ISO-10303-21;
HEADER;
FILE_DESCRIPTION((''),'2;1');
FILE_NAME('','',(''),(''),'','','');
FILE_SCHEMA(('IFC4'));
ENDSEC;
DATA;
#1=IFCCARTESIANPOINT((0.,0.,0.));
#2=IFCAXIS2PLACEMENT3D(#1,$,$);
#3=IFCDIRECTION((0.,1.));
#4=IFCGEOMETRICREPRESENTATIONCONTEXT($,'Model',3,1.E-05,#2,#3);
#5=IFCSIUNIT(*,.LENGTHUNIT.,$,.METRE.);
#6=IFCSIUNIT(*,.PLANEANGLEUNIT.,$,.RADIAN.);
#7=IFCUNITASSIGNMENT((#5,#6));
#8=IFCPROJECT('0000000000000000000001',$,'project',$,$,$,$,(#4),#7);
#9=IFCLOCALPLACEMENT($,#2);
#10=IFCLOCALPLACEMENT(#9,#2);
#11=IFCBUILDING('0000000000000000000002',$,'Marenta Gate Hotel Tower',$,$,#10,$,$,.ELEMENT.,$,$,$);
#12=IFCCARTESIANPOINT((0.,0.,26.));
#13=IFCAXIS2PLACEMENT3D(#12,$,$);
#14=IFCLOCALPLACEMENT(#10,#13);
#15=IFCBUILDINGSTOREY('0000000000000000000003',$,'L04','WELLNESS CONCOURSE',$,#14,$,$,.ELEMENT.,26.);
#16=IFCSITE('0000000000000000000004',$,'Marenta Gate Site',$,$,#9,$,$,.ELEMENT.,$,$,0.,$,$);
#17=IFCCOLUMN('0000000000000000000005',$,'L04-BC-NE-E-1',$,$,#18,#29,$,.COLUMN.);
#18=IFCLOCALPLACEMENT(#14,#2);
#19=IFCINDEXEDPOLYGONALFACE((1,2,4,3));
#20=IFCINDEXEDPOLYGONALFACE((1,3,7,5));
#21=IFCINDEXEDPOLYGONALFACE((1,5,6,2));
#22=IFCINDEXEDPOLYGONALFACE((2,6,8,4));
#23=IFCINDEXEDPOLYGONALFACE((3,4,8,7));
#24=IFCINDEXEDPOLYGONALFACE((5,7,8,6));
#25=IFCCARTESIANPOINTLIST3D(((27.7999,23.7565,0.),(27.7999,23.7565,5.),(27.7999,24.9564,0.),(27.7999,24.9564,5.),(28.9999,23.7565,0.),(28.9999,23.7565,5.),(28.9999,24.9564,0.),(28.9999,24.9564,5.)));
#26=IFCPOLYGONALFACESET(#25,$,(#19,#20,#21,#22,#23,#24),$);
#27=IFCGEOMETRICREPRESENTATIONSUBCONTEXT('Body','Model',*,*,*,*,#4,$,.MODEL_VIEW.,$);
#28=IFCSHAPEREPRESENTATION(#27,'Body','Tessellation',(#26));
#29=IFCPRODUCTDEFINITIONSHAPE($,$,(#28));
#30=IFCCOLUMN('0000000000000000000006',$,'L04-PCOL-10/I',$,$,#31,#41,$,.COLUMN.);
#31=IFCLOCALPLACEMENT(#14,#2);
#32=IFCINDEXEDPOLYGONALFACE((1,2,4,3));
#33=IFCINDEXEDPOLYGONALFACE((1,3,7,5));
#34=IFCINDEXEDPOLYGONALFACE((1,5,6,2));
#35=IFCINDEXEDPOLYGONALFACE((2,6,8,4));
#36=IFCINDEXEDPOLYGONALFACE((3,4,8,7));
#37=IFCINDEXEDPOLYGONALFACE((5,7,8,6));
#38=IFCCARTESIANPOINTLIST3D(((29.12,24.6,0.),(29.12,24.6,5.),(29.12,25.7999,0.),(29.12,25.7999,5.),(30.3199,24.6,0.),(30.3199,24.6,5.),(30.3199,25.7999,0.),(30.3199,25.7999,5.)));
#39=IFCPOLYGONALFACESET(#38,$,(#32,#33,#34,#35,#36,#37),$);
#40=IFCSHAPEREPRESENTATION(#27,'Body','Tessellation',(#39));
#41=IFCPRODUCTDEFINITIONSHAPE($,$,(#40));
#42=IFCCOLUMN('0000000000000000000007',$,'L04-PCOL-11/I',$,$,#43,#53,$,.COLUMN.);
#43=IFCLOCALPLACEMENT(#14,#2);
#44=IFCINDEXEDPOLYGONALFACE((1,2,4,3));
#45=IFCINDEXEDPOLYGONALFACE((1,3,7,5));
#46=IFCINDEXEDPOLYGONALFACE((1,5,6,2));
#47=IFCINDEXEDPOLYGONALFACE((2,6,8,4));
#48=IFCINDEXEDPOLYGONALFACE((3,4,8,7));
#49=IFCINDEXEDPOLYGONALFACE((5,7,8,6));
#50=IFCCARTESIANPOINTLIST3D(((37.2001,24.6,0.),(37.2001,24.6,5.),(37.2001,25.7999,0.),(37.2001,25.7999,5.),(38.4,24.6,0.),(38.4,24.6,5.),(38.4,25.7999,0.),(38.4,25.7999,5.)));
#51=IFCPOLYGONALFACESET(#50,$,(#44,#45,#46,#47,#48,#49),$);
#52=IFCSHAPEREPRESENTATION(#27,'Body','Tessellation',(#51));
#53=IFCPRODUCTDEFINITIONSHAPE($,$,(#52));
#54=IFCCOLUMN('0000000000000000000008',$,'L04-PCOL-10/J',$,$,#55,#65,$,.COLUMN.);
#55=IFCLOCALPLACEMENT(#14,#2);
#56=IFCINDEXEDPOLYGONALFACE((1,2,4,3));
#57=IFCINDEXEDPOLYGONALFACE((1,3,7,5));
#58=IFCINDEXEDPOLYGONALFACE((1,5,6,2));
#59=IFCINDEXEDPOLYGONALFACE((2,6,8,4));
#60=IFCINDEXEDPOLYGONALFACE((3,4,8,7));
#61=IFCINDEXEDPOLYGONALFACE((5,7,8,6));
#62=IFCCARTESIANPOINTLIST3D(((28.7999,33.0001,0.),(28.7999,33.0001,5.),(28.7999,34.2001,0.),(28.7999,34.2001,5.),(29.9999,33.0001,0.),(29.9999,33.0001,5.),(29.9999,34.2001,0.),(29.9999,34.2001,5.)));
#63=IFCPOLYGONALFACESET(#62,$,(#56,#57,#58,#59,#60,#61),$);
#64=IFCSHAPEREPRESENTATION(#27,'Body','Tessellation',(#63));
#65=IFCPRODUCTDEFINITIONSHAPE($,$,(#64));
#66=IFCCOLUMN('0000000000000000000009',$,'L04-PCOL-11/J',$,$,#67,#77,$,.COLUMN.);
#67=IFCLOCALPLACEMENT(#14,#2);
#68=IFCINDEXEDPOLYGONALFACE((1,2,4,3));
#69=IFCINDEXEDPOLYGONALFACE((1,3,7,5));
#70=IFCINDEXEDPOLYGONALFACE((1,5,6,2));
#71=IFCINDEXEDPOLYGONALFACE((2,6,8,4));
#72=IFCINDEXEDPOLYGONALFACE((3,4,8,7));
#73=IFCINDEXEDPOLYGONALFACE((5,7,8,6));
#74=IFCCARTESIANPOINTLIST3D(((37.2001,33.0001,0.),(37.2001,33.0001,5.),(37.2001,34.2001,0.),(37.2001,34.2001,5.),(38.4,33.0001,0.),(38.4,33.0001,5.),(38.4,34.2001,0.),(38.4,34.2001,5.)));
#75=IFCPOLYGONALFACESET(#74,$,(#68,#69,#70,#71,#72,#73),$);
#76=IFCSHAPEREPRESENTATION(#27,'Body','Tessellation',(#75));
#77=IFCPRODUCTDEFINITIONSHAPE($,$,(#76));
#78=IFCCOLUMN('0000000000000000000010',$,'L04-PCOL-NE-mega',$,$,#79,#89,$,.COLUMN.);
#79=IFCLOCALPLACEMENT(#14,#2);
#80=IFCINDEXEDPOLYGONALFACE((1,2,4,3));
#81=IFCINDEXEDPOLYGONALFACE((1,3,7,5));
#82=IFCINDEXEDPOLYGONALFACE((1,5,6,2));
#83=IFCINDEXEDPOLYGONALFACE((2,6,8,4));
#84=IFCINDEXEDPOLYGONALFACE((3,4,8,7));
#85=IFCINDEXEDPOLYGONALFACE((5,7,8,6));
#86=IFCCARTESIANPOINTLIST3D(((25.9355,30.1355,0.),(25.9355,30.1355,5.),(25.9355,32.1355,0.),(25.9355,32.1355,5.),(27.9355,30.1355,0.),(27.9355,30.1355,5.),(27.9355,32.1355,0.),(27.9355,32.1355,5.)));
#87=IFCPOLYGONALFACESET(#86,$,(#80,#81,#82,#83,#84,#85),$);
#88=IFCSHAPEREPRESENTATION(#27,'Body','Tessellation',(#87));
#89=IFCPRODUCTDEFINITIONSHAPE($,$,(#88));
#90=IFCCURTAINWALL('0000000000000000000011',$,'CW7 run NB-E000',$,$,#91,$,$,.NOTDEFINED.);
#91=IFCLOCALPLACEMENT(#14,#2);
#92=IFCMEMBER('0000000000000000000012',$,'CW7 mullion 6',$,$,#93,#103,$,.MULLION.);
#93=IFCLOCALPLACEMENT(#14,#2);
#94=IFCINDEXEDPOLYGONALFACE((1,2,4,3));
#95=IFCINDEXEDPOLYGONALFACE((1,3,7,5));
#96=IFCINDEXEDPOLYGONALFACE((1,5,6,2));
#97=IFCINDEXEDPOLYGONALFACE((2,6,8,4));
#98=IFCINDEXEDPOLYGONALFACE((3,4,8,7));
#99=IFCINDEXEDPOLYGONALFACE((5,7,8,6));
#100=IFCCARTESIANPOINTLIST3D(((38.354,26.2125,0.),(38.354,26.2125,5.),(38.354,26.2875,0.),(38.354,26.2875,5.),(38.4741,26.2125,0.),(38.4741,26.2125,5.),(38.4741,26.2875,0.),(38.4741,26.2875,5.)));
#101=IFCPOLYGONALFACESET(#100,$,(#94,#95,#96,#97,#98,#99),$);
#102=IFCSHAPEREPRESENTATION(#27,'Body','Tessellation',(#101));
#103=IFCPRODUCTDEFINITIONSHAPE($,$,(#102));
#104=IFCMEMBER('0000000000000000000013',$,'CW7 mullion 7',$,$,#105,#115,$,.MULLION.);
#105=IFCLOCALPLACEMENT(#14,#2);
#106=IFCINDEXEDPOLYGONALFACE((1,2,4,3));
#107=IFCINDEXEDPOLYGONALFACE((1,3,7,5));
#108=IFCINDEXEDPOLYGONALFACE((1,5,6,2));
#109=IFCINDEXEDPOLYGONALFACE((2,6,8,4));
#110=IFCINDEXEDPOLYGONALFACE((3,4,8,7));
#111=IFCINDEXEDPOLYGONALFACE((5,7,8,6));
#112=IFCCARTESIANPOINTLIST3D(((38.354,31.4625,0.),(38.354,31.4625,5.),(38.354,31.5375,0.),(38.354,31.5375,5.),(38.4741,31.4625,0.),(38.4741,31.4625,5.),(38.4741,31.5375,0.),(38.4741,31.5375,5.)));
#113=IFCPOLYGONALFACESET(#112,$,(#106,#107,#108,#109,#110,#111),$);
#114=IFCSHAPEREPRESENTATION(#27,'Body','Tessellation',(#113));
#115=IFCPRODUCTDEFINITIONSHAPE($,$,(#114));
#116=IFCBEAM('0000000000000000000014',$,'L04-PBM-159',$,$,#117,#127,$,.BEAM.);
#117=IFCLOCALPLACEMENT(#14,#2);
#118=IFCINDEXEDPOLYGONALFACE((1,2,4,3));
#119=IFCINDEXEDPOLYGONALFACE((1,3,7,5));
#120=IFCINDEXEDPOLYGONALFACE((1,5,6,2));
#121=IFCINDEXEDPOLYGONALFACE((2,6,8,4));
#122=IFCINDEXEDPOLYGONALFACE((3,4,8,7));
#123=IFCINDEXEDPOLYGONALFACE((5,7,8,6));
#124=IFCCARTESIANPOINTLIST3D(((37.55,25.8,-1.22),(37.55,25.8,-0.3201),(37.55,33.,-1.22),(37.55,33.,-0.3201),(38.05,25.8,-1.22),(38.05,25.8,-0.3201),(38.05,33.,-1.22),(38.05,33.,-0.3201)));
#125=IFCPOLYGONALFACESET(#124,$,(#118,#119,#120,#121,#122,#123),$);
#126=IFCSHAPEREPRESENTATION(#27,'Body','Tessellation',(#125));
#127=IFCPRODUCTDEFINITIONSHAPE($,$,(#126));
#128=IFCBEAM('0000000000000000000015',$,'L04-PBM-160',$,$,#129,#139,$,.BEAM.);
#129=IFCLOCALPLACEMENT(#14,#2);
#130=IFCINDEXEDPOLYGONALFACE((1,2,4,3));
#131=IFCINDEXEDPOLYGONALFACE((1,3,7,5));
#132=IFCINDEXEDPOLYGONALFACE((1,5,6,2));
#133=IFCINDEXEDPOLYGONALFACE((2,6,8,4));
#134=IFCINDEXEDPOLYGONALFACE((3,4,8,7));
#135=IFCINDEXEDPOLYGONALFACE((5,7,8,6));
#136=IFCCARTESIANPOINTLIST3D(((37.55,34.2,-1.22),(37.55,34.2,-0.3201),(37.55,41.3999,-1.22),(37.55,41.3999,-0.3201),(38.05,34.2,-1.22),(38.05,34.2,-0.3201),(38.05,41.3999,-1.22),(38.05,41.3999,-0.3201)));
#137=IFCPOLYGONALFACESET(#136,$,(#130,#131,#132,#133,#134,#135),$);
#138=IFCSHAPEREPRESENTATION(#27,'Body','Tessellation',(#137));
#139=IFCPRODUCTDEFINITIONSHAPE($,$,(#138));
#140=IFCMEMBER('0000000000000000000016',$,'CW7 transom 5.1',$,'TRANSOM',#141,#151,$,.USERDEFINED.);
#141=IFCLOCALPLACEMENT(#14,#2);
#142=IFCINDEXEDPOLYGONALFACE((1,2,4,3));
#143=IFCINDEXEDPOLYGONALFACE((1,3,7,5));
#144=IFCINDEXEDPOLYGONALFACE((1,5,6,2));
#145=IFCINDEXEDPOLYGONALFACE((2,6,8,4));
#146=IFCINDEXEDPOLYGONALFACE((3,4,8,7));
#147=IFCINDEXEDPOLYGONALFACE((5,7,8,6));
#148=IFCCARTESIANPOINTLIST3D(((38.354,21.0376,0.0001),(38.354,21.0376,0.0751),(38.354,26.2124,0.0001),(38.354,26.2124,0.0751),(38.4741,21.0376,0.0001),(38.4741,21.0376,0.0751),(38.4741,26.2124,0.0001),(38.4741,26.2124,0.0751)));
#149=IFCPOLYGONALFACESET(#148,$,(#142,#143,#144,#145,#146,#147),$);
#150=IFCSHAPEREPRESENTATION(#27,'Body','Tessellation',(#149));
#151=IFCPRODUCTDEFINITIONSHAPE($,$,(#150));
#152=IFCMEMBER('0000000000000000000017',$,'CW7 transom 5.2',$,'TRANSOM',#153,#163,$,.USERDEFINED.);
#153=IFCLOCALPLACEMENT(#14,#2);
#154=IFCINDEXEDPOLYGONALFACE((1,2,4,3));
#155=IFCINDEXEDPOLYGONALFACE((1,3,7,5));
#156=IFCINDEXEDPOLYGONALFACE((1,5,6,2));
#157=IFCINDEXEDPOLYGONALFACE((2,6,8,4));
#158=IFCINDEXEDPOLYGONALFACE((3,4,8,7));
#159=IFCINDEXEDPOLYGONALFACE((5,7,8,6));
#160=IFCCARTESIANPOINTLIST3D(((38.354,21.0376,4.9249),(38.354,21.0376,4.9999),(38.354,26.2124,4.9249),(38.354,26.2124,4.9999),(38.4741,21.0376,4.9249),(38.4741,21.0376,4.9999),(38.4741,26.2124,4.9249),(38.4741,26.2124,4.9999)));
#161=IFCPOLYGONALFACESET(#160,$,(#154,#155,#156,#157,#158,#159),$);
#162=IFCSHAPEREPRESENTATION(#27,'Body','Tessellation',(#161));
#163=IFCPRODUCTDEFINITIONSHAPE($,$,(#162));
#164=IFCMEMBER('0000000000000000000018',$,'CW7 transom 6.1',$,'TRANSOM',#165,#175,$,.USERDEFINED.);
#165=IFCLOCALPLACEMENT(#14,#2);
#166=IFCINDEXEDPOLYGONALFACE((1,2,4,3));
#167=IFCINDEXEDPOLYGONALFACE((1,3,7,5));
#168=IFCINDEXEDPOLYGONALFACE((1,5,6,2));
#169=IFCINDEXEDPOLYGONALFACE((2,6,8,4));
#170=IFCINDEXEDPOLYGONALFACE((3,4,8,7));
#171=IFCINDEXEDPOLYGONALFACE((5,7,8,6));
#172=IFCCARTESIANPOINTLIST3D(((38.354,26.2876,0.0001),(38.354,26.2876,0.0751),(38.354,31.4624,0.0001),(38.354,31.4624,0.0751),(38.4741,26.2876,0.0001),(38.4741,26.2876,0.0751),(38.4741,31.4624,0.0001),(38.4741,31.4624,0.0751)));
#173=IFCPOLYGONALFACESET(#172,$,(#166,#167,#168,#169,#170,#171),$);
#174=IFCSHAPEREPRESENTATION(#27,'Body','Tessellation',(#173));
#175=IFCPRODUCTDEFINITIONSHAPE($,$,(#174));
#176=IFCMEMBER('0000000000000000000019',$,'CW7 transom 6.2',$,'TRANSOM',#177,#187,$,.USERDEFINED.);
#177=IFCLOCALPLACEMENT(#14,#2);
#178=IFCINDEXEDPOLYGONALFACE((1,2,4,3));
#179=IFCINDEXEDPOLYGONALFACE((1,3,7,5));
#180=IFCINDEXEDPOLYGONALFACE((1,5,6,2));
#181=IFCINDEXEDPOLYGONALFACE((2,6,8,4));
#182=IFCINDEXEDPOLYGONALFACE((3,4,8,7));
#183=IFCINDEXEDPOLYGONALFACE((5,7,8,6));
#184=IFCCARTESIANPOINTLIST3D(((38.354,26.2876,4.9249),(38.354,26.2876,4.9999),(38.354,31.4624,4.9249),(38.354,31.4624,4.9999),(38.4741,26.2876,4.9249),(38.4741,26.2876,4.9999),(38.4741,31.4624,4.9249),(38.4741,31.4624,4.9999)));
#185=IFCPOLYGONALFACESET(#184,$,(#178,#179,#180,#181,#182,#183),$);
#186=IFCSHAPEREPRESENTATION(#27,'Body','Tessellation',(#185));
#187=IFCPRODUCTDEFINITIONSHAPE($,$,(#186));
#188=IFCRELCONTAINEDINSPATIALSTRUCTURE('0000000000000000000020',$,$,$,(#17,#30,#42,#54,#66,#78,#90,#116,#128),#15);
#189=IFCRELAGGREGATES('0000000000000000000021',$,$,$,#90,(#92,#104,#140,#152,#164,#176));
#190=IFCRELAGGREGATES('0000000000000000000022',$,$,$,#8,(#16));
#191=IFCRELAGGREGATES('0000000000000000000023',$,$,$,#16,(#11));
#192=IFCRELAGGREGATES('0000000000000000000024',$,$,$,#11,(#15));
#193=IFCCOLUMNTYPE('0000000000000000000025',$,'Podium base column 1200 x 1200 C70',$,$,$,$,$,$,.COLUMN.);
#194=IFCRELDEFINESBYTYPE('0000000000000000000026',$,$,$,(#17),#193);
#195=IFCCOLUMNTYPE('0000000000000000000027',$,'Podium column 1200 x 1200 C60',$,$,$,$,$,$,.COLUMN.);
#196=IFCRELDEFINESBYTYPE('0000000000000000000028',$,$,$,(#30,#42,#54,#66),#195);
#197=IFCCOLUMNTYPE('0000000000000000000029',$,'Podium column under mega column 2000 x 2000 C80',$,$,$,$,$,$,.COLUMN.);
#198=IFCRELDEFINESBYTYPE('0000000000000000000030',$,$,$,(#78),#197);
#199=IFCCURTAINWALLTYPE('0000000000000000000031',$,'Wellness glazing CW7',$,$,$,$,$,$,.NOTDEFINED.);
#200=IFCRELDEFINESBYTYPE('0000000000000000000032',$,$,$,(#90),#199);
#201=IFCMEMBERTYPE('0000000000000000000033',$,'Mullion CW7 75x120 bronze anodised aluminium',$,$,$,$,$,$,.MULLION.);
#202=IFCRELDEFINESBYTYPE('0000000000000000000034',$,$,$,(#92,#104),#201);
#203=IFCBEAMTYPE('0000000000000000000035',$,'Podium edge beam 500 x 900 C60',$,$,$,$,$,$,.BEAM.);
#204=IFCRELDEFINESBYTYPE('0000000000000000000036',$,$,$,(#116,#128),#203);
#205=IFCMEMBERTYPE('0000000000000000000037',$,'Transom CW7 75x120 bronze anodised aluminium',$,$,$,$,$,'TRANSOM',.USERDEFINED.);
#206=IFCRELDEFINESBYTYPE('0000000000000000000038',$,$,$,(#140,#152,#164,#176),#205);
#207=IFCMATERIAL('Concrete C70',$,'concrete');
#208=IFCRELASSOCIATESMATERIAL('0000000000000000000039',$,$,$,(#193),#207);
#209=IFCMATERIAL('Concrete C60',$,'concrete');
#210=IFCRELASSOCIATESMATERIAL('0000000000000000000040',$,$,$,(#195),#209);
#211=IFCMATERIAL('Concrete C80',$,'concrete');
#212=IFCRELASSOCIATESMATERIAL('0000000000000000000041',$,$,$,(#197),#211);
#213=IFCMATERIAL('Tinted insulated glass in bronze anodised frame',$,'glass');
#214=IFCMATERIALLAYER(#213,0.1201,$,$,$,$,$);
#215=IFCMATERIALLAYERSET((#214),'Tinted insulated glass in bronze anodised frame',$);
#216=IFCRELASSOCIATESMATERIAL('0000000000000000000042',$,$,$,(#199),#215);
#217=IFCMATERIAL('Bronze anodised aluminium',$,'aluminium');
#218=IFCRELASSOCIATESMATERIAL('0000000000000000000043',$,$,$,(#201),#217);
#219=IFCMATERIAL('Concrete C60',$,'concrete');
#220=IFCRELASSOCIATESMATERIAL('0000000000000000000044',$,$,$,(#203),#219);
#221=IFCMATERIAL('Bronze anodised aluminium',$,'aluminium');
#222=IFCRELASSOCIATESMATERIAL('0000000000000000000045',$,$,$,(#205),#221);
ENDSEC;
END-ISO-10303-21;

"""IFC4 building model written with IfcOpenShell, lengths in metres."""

from ifc_helpers import new_model, si_unit, direction, frame, origin, origin_2d, place, context, subcontext, project, spatial, rectangle, extrude, material, layer, layer_set, material_profile, profile_set, type_object, element, aggregate, save


model = new_model("IFC4")

# Units and contexts
model_context = context("Model", 3, precision=1e-05, world=origin(), true_north=direction((0.0, 1.0)))
body_context = subcontext(model_context, "Body", "Model", "MODEL_VIEW")
ifc_project = project(units=[si_unit("LENGTHUNIT", "METRE"), si_unit("PLANEANGLEUNIT", "RADIAN")], contexts=[model_context])

# Site, building, storey
site_placement = place(None, origin())
site = spatial("IfcSite", under=ifc_project, at=site_placement, Name="Marenta Gate Site", CompositionType="ELEMENT", RefElevation=0.0)
building_placement = place(site_placement, origin())
building = spatial("IfcBuilding", under=site, at=building_placement, Name="Marenta Gate Hotel Tower", CompositionType="ELEMENT")
storey_placement = place(building_placement, frame((0.0, 0.0, 26.0)))
storey = spatial("IfcBuildingStorey", under=building, at=storey_placement, Name="L04", Description="WELLNESS CONCOURSE", CompositionType="ELEMENT", Elevation=26.0)

# Columns
ifc_material_1 = material(Name="Concrete C70", Category="concrete")
ifc_material_profile_1 = material_profile(ifc_material_1, rectangle(XDim=1.2, YDim=1.2, at=origin_2d()), Name="1200 x 1200")
ifc_profile_set_1 = profile_set([ifc_material_profile_1], Name="Concrete C70")
column_type_1 = type_object("IfcColumnType", Name="Podium base column 1200 x 1200 C70", PredefinedType="COLUMN", material=ifc_profile_set_1)
column_1_placement = place(storey_placement, frame((28.3999, 24.3564, 0.0), z_axis=(0.0, 0.0, 1.0), x_axis=(1.0, 0.0, 0.0)))
element("IfcColumn", 1, at=column_1_placement, inside=storey, type_object=column_type_1, Name="L04-BC-NE-E-1", PredefinedType="COLUMN", context=body_context, shape_type="SweptSolid", body=[
    extrude(rectangle(XDim=1.2, YDim=1.2, at=origin_2d()), origin(), (0.0, 0.0, 1.0), 5.0),
])
ifc_material_2 = material(Name="Concrete C60", Category="concrete")
ifc_material_profile_2 = material_profile(ifc_material_2, rectangle(XDim=1.2, YDim=1.2, at=origin_2d()), Name="1200 x 1200")
ifc_profile_set_2 = profile_set([ifc_material_profile_2], Name="Concrete C60")
column_type_2 = type_object("IfcColumnType", Name="Podium column 1200 x 1200 C60", PredefinedType="COLUMN", material=ifc_profile_set_2)
for number, where, z_axis, x_axis, name in (
    (2, (29.72, 25.2, 0.0), (0.0, 0.0, 1.0), (1.0, 0.0, 0.0), "L04-PCOL-10/I"),
    (3, (37.8, 25.2, 0.0), (0.0, 0.0, 1.0), (1.0, 0.0, 0.0), "L04-PCOL-11/I"),
    (4, (29.3999, 33.6001, 0.0), (0.0, 0.0, 1.0), (1.0, 0.0, 0.0), "L04-PCOL-10/J"),
    (5, (37.8, 33.6001, 0.0), (0.0, 0.0, 1.0), (1.0, 0.0, 0.0), "L04-PCOL-11/J"),
):
    element("IfcColumn", number, at=place(storey_placement, frame(where, z_axis=z_axis, x_axis=x_axis)), inside=storey, type_object=column_type_2, Name=name, PredefinedType="COLUMN", context=body_context, shape_type="SweptSolid", body=[
        extrude(rectangle(XDim=1.2, YDim=1.2, at=origin_2d()), origin(), (0.0, 0.0, 1.0), 5.0),
    ])
ifc_material_3 = material(Name="Concrete C80", Category="concrete")
ifc_material_profile_3 = material_profile(ifc_material_3, rectangle(XDim=2.0, YDim=2.0, at=origin_2d()), Name="2000 x 2000")
ifc_profile_set_3 = profile_set([ifc_material_profile_3], Name="Concrete C80")
column_type_3 = type_object("IfcColumnType", Name="Podium column under mega column 2000 x 2000 C80", PredefinedType="COLUMN", material=ifc_profile_set_3)
column_2_placement = place(storey_placement, frame((26.9355, 31.1355, 0.0), z_axis=(0.0, 0.0, 1.0), x_axis=(1.0, 0.0, 0.0)))
element("IfcColumn", 6, at=column_2_placement, inside=storey, type_object=column_type_3, Name="L04-PCOL-NE-mega", PredefinedType="COLUMN", context=body_context, shape_type="SweptSolid", body=[
    extrude(rectangle(XDim=2.0, YDim=2.0, at=origin_2d()), origin(), (0.0, 0.0, 1.0), 5.0),
])

# Curtain wall, members
ifc_material_4 = material(Name="Tinted insulated glass in bronze anodised frame", Category="glass")
ifc_layer_1 = layer(ifc_material_4, 0.1201)
ifc_layer_set_1 = layer_set([ifc_layer_1], Name="Tinted insulated glass in bronze anodised frame")
curtain_wall_type = type_object("IfcCurtainWallType", Name="Wellness glazing CW7", PredefinedType="NOTDEFINED", material=ifc_layer_set_1)
curtain_wall_placement = place(storey_placement, origin())
curtain_wall = element("IfcCurtainWall", 7, at=curtain_wall_placement, inside=storey, type_object=curtain_wall_type, Name="CW7 run NB-E000", PredefinedType="NOTDEFINED")
ifc_material_5 = material(Name="Bronze anodised aluminium", Category="aluminium")
ifc_material_profile_4 = material_profile(ifc_material_5, rectangle(XDim=0.1201, YDim=0.075, at=origin_2d()), Name="Mullion CW7 75x120 bronze anodised aluminium")
ifc_profile_set_4 = profile_set([ifc_material_profile_4], Name="Bronze anodised aluminium")
member_type_1 = type_object("IfcMemberType", Name="Mullion CW7 75x120 bronze anodised aluminium", PredefinedType="MULLION", material=ifc_profile_set_4)
member_1_placement = place(storey_placement, frame((38.4141, 26.25, 0.0), z_axis=(0.0, 0.0, 1.0), x_axis=(-1.0, 0.0, 0.0)))
member_1 = element("IfcMember", 8, at=member_1_placement, type_object=member_type_1, Name="CW7 mullion 6", PredefinedType="MULLION", context=body_context, shape_type="SweptSolid", body=[
    extrude(rectangle(XDim=0.1201, YDim=0.075, at=origin_2d()), origin(), (0.0, 0.0, 1.0), 5.0),
])
member_2_placement = place(storey_placement, frame((38.4141, 31.5, 0.0), z_axis=(0.0, 0.0, 1.0), x_axis=(-1.0, 0.0, 0.0)))
member_2 = element("IfcMember", 9, at=member_2_placement, type_object=member_type_1, Name="CW7 mullion 7", PredefinedType="MULLION", context=body_context, shape_type="SweptSolid", body=[
    extrude(rectangle(XDim=0.1201, YDim=0.075, at=origin_2d()), origin(), (0.0, 0.0, 1.0), 5.0),
])

# Beams
ifc_material_6 = material(Name="Concrete C60", Category="concrete")
ifc_material_profile_5 = material_profile(ifc_material_6, rectangle(XDim=0.5, YDim=0.8999, at=origin_2d()), Name="500 x 900")
ifc_profile_set_5 = profile_set([ifc_material_profile_5], Name="Concrete C60")
beam_type = type_object("IfcBeamType", Name="Podium edge beam 500 x 900 C60", PredefinedType="BEAM", material=ifc_profile_set_5)
for number, where, z_axis, x_axis, name in (
    (10, (37.8, 25.8, -0.77), (0.0, 1.0, 0.0), (-1.0, 0.0, 0.0), "L04-PBM-159"),
    (11, (37.8, 34.2, -0.77), (0.0, 1.0, 0.0), (-1.0, 0.0, 0.0), "L04-PBM-160"),
):
    element("IfcBeam", number, at=place(storey_placement, frame(where, z_axis=z_axis, x_axis=x_axis)), inside=storey, type_object=beam_type, Name=name, PredefinedType="BEAM", context=body_context, shape_type="SweptSolid", body=[
        extrude(rectangle(XDim=0.5, YDim=0.8999, at=origin_2d()), origin(), (0.0, 0.0, 1.0), 7.2),
    ])

# Members
ifc_material_7 = material(Name="Bronze anodised aluminium", Category="aluminium")
ifc_material_profile_6 = material_profile(ifc_material_7, rectangle(XDim=0.1201, YDim=0.075, at=origin_2d()), Name="Transom CW7 75x120 bronze anodised aluminium")
ifc_profile_set_6 = profile_set([ifc_material_profile_6], Name="Bronze anodised aluminium")
member_type_2 = type_object("IfcMemberType", Name="Transom CW7 75x120 bronze anodised aluminium", ElementType="TRANSOM", PredefinedType="USERDEFINED", material=ifc_profile_set_6)
member_3_placement = place(storey_placement, frame((38.4141, 21.0376, 0.0376), z_axis=(0.0, 1.0, 0.0), x_axis=(-1.0, 0.0, 0.0)))
member_3 = element("IfcMember", 12, at=member_3_placement, type_object=member_type_2, Name="CW7 transom 5.1", ObjectType="TRANSOM", PredefinedType="USERDEFINED", context=body_context, shape_type="SweptSolid", body=[
    extrude(rectangle(XDim=0.1201, YDim=0.075, at=origin_2d()), origin(), (0.0, 0.0, 1.0), 5.1748),
])
member_4_placement = place(storey_placement, frame((38.4141, 21.0376, 4.9624), z_axis=(0.0, 1.0, 0.0), x_axis=(-1.0, 0.0, 0.0)))
member_4 = element("IfcMember", 13, at=member_4_placement, type_object=member_type_2, Name="CW7 transom 5.2", ObjectType="TRANSOM", PredefinedType="USERDEFINED", context=body_context, shape_type="SweptSolid", body=[
    extrude(rectangle(XDim=0.1201, YDim=0.075, at=origin_2d()), origin(), (0.0, 0.0, 1.0), 5.1748),
])
member_5_placement = place(storey_placement, frame((38.4141, 26.2876, 0.0376), z_axis=(0.0, 1.0, 0.0), x_axis=(-1.0, 0.0, 0.0)))
member_5 = element("IfcMember", 14, at=member_5_placement, type_object=member_type_2, Name="CW7 transom 6.1", ObjectType="TRANSOM", PredefinedType="USERDEFINED", context=body_context, shape_type="SweptSolid", body=[
    extrude(rectangle(XDim=0.1201, YDim=0.075, at=origin_2d()), origin(), (0.0, 0.0, 1.0), 5.1748),
])
member_6_placement = place(storey_placement, frame((38.4141, 26.2876, 4.9624), z_axis=(0.0, 1.0, 0.0), x_axis=(-1.0, 0.0, 0.0)))
member_6 = element("IfcMember", 15, at=member_6_placement, type_object=member_type_2, Name="CW7 transom 6.2", ObjectType="TRANSOM", PredefinedType="USERDEFINED", context=body_context, shape_type="SweptSolid", body=[
    extrude(rectangle(XDim=0.1201, YDim=0.075, at=origin_2d()), origin(), (0.0, 0.0, 1.0), 5.1748),
])

aggregate(curtain_wall, [member_1, member_2, member_3, member_4, member_5, member_6])

save(model, "model.ifc")
